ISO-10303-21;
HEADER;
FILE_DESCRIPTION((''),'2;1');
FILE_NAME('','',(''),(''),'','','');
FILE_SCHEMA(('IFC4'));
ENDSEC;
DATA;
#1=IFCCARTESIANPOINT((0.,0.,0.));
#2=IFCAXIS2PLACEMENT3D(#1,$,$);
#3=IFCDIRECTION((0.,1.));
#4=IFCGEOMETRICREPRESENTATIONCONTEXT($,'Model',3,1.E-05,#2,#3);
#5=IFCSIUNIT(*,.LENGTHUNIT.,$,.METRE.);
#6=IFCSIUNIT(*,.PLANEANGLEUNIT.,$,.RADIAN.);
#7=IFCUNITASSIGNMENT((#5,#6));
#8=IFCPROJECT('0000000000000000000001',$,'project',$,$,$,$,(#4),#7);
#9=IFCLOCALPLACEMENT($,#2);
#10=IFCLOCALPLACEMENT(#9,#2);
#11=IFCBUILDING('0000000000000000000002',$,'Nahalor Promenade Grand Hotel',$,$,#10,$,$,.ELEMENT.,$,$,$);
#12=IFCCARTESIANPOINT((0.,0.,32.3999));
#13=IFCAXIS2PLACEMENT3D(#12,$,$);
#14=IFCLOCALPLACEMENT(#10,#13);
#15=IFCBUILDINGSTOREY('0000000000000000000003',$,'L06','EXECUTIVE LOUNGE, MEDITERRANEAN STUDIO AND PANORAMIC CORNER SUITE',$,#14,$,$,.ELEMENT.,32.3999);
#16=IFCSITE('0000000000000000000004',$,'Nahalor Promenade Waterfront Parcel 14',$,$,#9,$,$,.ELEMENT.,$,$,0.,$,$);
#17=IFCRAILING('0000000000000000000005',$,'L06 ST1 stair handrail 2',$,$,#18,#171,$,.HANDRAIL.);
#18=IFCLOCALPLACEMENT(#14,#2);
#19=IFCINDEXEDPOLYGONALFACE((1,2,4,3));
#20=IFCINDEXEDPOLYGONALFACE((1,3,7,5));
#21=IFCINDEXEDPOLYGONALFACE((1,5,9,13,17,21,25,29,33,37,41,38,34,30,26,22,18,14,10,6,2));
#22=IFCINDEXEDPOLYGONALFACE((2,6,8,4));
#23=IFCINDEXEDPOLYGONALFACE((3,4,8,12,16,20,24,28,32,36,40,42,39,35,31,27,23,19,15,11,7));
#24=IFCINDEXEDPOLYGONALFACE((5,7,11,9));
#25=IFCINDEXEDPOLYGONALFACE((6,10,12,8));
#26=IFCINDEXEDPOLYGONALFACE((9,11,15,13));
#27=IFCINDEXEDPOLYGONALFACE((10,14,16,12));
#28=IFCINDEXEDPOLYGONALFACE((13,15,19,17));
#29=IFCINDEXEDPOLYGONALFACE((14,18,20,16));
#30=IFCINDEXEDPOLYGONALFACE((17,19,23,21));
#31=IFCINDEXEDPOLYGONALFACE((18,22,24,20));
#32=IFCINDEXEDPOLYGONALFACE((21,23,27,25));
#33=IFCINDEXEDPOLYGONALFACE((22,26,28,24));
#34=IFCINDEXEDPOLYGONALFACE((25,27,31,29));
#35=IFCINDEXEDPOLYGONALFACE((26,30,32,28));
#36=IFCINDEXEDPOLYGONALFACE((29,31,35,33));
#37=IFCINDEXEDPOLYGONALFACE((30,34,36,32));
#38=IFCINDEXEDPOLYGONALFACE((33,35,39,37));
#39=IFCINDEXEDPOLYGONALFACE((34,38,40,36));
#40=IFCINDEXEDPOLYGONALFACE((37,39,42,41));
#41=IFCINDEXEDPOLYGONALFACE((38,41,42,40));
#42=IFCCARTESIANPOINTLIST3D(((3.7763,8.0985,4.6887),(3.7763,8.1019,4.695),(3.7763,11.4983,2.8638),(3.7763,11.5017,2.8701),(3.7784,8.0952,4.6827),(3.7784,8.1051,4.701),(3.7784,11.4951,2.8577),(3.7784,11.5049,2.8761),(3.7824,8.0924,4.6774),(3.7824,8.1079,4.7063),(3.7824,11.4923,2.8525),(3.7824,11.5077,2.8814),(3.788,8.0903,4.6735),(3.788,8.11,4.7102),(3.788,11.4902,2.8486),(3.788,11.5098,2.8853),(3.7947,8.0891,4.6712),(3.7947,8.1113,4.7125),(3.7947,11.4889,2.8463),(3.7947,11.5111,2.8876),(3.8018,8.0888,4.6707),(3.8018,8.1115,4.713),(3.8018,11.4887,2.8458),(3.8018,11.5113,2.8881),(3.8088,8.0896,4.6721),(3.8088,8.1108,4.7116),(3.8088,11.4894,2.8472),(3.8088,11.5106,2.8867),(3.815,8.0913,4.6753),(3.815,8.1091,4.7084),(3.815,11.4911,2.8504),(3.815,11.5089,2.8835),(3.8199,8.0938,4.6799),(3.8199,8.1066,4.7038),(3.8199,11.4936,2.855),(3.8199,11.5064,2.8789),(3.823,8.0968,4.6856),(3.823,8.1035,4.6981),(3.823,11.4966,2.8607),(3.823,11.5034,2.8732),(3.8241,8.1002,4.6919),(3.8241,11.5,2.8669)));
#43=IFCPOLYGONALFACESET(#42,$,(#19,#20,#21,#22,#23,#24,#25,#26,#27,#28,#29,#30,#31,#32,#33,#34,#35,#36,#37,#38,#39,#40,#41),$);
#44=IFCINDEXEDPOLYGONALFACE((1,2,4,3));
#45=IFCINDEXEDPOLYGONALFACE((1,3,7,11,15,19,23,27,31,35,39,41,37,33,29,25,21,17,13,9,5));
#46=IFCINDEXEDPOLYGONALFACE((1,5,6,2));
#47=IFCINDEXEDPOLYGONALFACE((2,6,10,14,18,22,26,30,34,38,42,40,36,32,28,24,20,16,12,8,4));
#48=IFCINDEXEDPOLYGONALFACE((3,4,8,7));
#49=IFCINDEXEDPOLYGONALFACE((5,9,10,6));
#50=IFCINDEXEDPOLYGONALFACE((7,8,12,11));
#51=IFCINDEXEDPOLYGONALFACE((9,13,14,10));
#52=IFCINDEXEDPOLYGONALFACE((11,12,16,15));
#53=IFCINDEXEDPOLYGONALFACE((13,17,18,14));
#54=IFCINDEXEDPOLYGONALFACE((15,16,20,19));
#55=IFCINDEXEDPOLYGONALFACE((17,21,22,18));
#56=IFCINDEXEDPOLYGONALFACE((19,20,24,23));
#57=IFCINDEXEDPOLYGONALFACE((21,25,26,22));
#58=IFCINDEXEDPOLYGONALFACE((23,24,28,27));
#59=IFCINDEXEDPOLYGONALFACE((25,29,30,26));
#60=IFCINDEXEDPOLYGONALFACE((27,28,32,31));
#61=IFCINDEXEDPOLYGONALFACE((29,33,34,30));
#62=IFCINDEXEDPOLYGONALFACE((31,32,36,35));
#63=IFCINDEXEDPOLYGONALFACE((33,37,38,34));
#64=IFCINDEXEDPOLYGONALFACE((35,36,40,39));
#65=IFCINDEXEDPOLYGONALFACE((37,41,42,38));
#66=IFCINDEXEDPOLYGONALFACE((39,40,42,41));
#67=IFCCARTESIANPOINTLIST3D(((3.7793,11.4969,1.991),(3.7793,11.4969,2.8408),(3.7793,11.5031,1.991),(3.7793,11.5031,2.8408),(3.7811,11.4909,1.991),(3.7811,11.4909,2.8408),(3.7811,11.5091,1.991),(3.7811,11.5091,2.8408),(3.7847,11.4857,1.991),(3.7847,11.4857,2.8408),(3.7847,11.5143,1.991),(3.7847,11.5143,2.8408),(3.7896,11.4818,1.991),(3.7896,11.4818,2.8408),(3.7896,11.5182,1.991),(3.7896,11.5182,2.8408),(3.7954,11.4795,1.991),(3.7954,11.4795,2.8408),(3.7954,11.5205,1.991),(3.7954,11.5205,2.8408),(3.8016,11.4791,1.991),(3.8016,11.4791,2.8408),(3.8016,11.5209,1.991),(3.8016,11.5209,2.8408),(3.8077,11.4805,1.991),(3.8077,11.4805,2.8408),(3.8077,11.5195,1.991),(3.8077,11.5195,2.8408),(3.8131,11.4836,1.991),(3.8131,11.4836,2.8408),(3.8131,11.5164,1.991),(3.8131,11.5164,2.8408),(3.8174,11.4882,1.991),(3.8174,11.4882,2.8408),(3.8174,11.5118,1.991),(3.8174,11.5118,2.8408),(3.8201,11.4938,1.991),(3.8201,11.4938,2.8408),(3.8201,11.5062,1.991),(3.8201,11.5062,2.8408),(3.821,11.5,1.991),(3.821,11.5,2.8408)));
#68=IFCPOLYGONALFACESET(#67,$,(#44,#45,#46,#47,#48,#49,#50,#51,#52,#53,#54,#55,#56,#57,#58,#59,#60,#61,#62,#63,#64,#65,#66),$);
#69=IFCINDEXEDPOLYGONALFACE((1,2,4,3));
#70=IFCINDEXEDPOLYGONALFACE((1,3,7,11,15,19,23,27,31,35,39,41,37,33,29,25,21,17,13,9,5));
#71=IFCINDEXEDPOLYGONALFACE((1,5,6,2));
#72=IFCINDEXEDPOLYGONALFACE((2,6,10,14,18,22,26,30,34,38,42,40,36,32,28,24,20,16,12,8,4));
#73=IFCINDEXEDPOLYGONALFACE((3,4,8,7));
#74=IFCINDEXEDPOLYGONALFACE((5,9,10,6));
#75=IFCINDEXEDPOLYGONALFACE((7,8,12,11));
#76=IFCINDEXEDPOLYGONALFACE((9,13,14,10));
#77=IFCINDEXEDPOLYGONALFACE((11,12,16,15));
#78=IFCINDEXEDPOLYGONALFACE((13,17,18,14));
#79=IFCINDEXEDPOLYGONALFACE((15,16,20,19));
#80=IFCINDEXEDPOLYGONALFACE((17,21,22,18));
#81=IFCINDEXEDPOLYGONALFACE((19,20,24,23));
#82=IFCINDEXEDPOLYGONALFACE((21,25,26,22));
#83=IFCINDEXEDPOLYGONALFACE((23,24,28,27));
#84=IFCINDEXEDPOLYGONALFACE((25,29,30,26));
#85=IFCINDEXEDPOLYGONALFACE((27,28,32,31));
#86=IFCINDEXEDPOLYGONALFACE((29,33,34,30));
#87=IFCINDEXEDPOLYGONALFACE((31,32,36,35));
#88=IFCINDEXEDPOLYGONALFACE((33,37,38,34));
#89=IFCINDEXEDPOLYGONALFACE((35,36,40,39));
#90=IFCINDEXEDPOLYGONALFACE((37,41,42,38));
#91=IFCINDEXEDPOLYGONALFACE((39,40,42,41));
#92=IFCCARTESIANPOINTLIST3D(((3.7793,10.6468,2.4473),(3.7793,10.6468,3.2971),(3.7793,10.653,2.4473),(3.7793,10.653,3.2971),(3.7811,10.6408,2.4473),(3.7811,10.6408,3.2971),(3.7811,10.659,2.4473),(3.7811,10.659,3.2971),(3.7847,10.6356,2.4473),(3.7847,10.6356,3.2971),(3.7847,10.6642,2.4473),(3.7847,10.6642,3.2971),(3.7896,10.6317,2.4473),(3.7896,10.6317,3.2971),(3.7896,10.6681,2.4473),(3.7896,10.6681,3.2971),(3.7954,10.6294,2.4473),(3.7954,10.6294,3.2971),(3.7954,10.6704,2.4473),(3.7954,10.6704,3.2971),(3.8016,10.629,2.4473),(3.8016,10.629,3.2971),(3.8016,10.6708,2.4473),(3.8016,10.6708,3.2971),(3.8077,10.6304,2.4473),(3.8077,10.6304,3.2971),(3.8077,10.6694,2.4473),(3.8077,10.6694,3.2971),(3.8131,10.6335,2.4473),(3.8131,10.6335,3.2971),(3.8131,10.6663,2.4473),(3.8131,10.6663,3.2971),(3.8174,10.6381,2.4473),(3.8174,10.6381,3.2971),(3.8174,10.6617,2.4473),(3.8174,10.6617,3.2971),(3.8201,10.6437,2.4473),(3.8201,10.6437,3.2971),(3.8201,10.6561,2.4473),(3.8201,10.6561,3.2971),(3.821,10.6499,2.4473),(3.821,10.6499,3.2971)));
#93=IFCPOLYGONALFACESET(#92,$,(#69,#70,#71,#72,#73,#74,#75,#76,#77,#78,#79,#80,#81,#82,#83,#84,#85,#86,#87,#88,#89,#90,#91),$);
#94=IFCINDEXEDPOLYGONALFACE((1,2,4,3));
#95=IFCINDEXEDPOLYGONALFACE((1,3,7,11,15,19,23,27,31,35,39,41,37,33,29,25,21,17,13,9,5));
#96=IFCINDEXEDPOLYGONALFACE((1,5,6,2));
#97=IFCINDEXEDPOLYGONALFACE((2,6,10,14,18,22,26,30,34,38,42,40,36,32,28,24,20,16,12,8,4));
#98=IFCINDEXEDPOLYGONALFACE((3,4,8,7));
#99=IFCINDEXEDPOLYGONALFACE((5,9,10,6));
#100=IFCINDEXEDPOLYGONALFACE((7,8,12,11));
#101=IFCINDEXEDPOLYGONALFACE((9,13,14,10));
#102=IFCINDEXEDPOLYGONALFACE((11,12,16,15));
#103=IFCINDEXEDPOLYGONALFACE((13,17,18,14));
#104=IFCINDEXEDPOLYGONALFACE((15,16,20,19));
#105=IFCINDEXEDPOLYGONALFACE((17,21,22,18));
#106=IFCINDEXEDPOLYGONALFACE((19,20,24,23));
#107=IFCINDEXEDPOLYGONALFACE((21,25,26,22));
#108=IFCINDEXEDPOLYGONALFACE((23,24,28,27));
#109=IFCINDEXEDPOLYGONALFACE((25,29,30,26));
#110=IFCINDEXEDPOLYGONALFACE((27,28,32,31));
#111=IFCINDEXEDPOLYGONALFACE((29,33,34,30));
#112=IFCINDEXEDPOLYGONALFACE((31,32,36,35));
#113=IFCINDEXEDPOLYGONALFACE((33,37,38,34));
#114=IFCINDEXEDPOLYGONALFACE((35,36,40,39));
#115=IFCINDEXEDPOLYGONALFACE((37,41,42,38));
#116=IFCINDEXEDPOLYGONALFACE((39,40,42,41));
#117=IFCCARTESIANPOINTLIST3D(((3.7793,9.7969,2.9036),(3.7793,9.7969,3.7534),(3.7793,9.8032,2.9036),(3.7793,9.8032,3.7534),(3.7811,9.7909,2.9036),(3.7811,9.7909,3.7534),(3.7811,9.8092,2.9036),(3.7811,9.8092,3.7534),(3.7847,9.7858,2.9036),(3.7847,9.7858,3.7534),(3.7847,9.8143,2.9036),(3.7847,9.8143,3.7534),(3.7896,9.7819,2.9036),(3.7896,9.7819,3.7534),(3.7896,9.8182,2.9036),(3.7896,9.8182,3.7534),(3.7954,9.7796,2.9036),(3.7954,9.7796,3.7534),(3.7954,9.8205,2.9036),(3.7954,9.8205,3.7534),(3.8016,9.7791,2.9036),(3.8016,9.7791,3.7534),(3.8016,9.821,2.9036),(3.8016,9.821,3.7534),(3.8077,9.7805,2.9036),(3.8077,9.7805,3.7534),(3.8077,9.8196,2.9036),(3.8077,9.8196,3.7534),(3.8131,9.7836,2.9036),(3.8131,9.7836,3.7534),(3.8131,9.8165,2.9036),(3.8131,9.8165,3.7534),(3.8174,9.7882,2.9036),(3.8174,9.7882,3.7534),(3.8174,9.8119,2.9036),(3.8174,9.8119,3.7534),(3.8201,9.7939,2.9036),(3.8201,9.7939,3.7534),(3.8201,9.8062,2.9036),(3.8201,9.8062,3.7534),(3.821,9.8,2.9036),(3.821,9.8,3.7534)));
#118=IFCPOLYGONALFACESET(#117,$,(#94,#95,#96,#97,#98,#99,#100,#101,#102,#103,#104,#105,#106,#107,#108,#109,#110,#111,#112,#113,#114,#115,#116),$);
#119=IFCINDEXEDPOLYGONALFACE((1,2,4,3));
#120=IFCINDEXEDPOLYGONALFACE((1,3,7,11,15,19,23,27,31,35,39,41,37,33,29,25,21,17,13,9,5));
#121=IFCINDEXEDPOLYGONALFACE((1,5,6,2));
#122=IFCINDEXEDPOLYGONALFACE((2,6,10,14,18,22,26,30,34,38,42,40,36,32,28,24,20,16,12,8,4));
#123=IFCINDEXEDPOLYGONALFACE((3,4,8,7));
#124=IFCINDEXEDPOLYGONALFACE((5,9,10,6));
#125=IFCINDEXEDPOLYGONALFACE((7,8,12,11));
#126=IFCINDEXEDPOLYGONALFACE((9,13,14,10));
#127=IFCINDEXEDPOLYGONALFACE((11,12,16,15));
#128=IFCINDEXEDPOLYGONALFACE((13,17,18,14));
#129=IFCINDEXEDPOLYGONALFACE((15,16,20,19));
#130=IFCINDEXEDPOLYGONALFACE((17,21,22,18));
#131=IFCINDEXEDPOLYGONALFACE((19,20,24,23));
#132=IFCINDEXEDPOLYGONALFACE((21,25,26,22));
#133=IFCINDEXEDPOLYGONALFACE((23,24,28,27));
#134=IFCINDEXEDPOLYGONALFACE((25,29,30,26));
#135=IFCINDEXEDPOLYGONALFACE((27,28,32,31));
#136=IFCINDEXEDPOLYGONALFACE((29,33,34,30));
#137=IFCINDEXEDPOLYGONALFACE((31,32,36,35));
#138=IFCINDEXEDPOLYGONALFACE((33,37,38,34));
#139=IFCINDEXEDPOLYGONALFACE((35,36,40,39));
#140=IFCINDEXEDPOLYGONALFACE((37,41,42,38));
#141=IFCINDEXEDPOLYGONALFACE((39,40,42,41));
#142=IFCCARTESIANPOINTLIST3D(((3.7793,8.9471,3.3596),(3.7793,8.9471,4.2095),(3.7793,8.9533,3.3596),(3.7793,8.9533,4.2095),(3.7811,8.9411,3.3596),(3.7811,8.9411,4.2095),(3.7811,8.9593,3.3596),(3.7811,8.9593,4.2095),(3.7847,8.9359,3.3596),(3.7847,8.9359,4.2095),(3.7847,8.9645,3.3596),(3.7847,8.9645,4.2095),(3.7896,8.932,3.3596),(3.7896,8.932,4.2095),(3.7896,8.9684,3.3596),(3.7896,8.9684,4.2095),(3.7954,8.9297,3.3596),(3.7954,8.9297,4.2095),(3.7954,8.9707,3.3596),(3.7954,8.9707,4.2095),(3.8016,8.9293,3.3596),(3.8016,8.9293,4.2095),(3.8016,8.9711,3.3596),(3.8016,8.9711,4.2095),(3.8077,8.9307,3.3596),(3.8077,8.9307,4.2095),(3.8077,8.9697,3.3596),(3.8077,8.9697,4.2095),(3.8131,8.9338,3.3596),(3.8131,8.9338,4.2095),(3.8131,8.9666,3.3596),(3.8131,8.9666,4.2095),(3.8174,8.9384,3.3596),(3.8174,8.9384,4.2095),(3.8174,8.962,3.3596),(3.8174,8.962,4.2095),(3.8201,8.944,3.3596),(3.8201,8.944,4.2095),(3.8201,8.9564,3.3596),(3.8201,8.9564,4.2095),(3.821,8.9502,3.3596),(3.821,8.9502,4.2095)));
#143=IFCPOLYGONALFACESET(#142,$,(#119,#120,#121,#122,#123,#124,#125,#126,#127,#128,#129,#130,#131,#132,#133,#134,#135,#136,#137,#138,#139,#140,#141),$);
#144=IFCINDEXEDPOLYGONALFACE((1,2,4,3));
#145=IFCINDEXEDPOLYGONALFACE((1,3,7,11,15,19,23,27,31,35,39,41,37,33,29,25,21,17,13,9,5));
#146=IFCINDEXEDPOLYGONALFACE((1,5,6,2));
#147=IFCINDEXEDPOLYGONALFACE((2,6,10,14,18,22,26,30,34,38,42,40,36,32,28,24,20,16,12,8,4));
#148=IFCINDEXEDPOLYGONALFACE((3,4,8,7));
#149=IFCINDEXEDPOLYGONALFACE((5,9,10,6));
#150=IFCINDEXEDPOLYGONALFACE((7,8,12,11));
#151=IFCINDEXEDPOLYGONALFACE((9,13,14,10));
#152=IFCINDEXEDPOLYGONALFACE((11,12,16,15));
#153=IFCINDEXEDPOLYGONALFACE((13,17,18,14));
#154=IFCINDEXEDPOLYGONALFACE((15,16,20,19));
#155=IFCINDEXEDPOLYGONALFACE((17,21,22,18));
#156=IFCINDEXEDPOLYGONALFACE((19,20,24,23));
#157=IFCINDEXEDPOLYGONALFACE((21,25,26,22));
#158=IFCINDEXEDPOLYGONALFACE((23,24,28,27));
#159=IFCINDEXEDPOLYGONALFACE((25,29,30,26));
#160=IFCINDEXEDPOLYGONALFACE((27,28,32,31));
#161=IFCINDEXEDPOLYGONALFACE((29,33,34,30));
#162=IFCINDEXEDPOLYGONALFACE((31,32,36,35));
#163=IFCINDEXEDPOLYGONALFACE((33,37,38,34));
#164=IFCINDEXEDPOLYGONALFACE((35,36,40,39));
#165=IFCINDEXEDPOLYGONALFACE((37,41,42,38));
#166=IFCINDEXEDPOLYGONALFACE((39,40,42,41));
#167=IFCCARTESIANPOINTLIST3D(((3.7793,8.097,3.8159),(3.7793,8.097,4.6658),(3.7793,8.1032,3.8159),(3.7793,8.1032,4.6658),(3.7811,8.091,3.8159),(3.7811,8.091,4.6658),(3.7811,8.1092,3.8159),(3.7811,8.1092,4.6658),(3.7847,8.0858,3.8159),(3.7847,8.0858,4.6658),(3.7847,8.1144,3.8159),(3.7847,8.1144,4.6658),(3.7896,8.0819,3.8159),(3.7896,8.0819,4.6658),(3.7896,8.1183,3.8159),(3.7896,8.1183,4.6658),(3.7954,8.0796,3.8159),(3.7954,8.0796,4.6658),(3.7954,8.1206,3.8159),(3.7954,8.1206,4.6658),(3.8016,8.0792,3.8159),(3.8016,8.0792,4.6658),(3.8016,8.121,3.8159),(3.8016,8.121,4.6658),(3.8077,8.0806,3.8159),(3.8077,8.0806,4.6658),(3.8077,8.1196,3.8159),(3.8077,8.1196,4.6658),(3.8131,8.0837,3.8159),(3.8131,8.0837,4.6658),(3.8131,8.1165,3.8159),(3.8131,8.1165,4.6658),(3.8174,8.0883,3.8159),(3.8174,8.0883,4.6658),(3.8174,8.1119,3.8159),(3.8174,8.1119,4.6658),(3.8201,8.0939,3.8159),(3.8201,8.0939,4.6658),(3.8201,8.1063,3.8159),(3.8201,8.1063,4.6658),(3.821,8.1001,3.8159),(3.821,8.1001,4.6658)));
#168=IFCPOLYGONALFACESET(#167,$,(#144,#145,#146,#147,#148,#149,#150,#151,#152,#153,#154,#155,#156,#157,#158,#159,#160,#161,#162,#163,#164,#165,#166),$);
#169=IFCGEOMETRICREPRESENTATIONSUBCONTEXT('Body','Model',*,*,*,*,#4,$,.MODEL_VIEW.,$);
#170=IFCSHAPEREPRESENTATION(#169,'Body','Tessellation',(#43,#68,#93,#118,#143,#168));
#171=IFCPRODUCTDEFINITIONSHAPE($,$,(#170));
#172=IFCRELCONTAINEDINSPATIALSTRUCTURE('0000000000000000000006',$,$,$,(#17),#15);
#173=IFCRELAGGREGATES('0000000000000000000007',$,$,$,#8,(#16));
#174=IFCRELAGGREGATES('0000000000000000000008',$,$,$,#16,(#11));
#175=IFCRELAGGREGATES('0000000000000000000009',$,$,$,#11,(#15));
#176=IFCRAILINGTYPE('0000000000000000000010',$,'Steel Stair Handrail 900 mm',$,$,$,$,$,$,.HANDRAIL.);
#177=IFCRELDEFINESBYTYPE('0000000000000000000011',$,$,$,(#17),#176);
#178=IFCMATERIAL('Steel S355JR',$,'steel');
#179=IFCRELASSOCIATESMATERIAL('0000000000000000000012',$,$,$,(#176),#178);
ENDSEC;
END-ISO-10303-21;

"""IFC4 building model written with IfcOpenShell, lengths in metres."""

from ifc_helpers import new_model, si_unit, direction, frame, origin, origin_2d, place, context, subcontext, project, spatial, circle, extrude, material, type_object, element, save


model = new_model("IFC4")

# Units and contexts
model_context = context("Model", 3, precision=1e-05, world=origin(), true_north=direction((0.0, 1.0)))
body_context = subcontext(model_context, "Body", "Model", "MODEL_VIEW")
ifc_project = project(units=[si_unit("LENGTHUNIT", "METRE"), si_unit("PLANEANGLEUNIT", "RADIAN")], contexts=[model_context])

# Site, building, storey
site_placement = place(None, origin())
site = spatial("IfcSite", under=ifc_project, at=site_placement, Name="Nahalor Promenade Waterfront Parcel 14", CompositionType="ELEMENT", RefElevation=0.0)
building_placement = place(site_placement, origin())
building = spatial("IfcBuilding", under=site, at=building_placement, Name="Nahalor Promenade Grand Hotel", CompositionType="ELEMENT")
storey_placement = place(building_placement, frame((0.0, 0.0, 32.3999)))
storey = spatial("IfcBuildingStorey", under=building, at=storey_placement, Name="L06", Description="EXECUTIVE LOUNGE, MEDITERRANEAN STUDIO AND PANORAMIC CORNER SUITE", CompositionType="ELEMENT", Elevation=32.3999)

# Shared definitions
ifc_material_1 = material(Name="Steel S355JR", Category="steel")

# Railing
railing_type_1 = type_object("IfcRailingType", Name="Steel Stair Handrail 900 mm", PredefinedType="HANDRAIL", material=ifc_material_1)
railing_1_placement = place(storey_placement, frame((3.8, 11.5, 1.991)))
element("IfcRailing", 1, at=railing_1_placement, inside=storey, type_object=railing_type_1, Name="L06 ST1 stair handrail 2", PredefinedType="HANDRAIL", context=body_context, shape_type="SweptSolid", body=[
    extrude(circle(Radius=0.024, at=origin_2d()), frame((0.0, 0.0, 0.876), z_axis=(0.0, -0.881094, 0.472941), x_axis=(1.0, 0.0, 0.0)), (0.0, 0.0, 1.0), 3.8586),
    extrude(circle(Radius=0.021, at=origin_2d()), origin(), (0.0, 0.0, 1.0), 0.8499),
    extrude(circle(Radius=0.021, at=origin_2d()), frame((0.0, -0.8501, 0.4563)), (0.0, 0.0, 1.0), 0.8499),
    extrude(circle(Radius=0.021, at=origin_2d()), frame((0.0, -1.7, 0.9126)), (0.0, 0.0, 1.0), 0.8499),
    extrude(circle(Radius=0.021, at=origin_2d()), frame((0.0, -2.5498, 1.3687)), (0.0, 0.0, 1.0), 0.8499),
    extrude(circle(Radius=0.021, at=origin_2d()), frame((0.0, -3.3999, 1.825)), (0.0, 0.0, 1.0), 0.8499),
])

save(model, "model.ifc")
